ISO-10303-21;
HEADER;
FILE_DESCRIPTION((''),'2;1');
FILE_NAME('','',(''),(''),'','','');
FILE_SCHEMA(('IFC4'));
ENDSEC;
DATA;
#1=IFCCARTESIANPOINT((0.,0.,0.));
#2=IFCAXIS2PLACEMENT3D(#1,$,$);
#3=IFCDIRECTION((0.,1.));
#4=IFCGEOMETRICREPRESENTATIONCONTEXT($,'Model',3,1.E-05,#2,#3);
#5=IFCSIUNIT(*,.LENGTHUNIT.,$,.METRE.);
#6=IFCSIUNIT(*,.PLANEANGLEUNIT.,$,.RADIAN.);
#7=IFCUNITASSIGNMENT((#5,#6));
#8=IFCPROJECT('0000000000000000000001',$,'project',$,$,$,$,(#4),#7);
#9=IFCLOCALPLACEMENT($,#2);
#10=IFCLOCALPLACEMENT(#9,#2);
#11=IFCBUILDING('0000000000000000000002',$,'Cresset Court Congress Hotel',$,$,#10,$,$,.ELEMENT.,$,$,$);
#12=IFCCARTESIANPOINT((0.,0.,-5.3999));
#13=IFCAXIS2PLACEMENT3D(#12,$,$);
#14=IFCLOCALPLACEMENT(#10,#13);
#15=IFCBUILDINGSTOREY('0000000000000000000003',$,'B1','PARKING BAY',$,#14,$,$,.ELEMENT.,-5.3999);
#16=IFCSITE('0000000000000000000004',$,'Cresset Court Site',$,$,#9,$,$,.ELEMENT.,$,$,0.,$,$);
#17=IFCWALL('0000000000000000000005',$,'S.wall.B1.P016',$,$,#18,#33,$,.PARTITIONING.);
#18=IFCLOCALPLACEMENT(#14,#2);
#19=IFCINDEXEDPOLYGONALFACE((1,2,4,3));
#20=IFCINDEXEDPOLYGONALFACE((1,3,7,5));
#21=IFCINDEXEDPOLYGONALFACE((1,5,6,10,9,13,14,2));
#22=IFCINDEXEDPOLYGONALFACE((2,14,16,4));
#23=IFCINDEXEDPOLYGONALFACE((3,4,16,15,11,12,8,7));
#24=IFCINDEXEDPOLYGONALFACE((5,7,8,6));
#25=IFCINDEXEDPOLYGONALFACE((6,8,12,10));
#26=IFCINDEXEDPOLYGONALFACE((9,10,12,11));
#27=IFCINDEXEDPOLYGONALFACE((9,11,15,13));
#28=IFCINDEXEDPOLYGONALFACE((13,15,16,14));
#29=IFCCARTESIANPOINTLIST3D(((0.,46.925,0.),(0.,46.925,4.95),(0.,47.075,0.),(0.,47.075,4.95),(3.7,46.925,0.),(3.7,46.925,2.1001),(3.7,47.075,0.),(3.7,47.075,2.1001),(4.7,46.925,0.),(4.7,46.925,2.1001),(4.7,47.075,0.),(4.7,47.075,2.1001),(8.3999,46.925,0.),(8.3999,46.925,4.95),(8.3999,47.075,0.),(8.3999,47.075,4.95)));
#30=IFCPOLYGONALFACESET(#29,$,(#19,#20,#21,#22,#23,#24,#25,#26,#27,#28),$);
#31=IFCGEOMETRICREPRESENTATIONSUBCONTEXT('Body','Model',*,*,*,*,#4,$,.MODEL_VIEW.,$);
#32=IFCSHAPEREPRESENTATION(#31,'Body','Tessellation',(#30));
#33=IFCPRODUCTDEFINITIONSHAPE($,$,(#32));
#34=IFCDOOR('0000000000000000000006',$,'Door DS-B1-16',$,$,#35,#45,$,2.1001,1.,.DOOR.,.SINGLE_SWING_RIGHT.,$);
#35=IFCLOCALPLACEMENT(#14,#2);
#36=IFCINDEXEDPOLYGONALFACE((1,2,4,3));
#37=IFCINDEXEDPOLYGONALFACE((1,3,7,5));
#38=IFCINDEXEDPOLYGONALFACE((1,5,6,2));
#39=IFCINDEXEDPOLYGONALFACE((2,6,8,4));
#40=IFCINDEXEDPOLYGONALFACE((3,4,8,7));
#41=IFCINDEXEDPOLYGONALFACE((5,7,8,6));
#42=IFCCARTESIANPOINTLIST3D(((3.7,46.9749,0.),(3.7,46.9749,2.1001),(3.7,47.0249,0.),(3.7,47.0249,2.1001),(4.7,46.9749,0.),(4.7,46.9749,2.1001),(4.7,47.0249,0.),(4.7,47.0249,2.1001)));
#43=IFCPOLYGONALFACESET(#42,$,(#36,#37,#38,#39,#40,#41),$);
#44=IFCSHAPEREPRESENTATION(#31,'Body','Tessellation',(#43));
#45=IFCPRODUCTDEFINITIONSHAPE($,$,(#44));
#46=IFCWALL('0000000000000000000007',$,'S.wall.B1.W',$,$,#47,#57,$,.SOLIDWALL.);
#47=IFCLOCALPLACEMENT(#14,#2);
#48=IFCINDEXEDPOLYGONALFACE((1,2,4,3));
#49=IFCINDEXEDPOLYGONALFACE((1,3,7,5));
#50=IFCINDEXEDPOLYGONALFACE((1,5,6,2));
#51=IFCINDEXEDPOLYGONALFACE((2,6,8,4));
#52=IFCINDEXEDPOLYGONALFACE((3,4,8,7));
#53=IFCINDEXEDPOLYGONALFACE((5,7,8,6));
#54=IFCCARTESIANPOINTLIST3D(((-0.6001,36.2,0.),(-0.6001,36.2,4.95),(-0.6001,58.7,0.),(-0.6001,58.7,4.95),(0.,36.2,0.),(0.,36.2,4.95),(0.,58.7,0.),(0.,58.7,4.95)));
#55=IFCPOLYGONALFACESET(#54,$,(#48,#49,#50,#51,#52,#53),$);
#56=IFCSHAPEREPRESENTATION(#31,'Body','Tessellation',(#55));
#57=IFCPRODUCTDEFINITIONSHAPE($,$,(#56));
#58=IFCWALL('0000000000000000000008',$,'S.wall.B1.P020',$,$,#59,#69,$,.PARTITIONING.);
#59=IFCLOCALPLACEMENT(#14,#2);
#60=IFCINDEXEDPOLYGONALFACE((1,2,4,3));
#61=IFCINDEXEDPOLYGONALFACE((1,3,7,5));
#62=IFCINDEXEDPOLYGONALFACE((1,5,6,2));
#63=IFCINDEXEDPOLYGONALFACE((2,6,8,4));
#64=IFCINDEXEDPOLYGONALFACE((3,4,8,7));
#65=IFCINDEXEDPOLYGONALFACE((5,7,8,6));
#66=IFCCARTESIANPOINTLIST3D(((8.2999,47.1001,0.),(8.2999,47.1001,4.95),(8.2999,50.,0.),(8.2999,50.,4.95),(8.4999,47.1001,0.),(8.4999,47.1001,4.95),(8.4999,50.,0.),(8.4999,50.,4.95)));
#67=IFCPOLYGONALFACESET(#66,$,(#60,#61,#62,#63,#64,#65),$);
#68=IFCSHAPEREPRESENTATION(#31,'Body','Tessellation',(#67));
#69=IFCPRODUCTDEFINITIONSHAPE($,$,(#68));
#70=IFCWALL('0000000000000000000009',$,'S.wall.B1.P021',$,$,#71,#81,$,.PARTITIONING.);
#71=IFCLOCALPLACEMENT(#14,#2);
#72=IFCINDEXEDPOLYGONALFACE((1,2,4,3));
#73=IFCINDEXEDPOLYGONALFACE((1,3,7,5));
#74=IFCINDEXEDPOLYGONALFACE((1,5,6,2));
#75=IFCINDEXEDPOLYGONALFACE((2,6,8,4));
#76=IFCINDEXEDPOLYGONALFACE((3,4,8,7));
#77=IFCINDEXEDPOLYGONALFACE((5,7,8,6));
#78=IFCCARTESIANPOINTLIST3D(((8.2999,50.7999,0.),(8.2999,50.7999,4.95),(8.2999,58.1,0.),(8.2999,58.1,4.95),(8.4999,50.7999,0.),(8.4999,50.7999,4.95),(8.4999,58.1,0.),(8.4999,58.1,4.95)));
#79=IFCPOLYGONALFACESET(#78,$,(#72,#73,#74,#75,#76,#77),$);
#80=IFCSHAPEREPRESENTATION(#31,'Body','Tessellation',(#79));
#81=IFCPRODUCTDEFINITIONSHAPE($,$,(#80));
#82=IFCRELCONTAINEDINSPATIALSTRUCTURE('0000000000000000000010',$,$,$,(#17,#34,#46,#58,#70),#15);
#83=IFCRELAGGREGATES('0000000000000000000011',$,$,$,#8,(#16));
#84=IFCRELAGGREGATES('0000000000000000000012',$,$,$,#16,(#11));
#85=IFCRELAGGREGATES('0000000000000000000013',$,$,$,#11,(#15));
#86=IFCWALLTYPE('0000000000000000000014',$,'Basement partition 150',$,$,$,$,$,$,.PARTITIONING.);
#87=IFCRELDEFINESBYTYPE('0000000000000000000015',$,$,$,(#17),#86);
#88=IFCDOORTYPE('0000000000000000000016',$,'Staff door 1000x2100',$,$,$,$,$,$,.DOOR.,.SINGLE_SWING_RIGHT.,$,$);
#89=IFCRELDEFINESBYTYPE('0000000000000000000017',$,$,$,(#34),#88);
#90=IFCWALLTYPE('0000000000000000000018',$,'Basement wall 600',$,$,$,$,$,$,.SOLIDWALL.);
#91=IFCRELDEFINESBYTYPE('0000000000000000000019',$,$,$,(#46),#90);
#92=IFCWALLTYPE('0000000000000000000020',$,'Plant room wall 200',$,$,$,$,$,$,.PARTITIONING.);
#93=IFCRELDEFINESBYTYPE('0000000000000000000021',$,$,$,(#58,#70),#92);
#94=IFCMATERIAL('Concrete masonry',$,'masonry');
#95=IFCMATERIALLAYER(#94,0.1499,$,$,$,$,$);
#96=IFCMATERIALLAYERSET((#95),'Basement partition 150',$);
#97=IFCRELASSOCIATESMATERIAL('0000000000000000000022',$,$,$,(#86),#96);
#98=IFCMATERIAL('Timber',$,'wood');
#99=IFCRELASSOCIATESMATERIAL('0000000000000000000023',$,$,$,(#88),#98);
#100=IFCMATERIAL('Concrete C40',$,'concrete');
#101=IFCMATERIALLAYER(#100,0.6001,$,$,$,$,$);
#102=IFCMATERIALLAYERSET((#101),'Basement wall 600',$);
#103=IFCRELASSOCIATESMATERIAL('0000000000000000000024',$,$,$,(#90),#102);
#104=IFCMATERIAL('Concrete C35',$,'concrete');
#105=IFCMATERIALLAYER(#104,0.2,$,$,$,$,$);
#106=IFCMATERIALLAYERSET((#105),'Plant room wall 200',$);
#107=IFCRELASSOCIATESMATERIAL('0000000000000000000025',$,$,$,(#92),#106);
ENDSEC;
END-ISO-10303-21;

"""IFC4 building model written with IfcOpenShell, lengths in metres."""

from ifc_helpers import new_model, si_unit, direction, frame, frame_2d, origin, place, context, subcontext, project, spatial, rectangle, extrude, material, layer, layer_set, type_object, element, fill, save


model = new_model("IFC4")

# Units and contexts
model_context = context("Model", 3, precision=1e-05, world=origin(), true_north=direction((0.0, 1.0)))
body_context = subcontext(model_context, "Body", "Model", "MODEL_VIEW")
ifc_project = project(units=[si_unit("LENGTHUNIT", "METRE"), si_unit("PLANEANGLEUNIT", "RADIAN")], contexts=[model_context])

# Site, building, storey
site_placement = place(None, origin())
site = spatial("IfcSite", under=ifc_project, at=site_placement, Name="Cresset Court Site", CompositionType="ELEMENT", RefElevation=0.0)
building_placement = place(site_placement, origin())
building = spatial("IfcBuilding", under=site, at=building_placement, Name="Cresset Court Congress Hotel", CompositionType="ELEMENT")
storey_placement = place(building_placement, frame((0.0, 0.0, -5.3999)))
storey = spatial("IfcBuildingStorey", under=building, at=storey_placement, Name="B1", Description="PARKING BAY", CompositionType="ELEMENT", Elevation=-5.3999)

# Wall, opening, door
ifc_material_1 = material(Name="Concrete masonry", Category="masonry")
ifc_layer_1 = layer(ifc_material_1, 0.1499)
ifc_layer_set_1 = layer_set([ifc_layer_1], Name="Basement partition 150")
wall_type_1 = type_object("IfcWallType", Name="Basement partition 150", PredefinedType="PARTITIONING", material=ifc_layer_set_1)
wall_1_placement = place(storey_placement, frame((0.0, 47.0, 0.0), z_axis=(0.0, 0.0, 1.0), x_axis=(1.0, 0.0, 0.0)))
wall_1 = element("IfcWall", 1, at=wall_1_placement, inside=storey, type_object=wall_type_1, Name="S.wall.B1.P016", PredefinedType="PARTITIONING", context=body_context, shape_type="SweptSolid", body=[
    extrude(rectangle(XDim=8.3999, YDim=0.1499, at=frame_2d((4.2, 0.0))), origin(), (0.0, 0.0, 1.0), 4.95),
])
opening_1_placement = place(wall_1_placement, frame((3.7, 0.0, 0.0)))
opening_1 = element("IfcOpeningElement", 2, at=opening_1_placement, cuts=wall_1, PredefinedType="OPENING", context=body_context, shape_type="SweptSolid", body=[
    extrude(rectangle(XDim=1.0, YDim=2.1001, at=frame_2d((0.5, 1.05))), frame((0.0, 0.085, 0.0), z_axis=(0.0, -1.0, 0.0), x_axis=(1.0, 0.0, 0.0)), (0.0, 0.0, 1.0), 0.1699),
])
ifc_material_2 = material(Name="Timber", Category="wood")
door_type_1 = type_object("IfcDoorType", Name="Staff door 1000x2100", OperationType="SINGLE_SWING_RIGHT", PredefinedType="DOOR", material=ifc_material_2)
door_1_placement = place(opening_1_placement, origin())
door_1 = element("IfcDoor", 3, at=door_1_placement, inside=storey, type_object=door_type_1, Name="Door DS-B1-16", OperationType="SINGLE_SWING_RIGHT", OverallHeight=2.1001, OverallWidth=1.0, PredefinedType="DOOR", context=body_context, shape_type="SweptSolid", body=[
    extrude(rectangle(XDim=1.0, YDim=2.1001, at=frame_2d((0.5, 1.05))), frame((0.0, 0.0249, 0.0), z_axis=(0.0, -1.0, 0.0), x_axis=(1.0, 0.0, 0.0)), (0.0, 0.0, 1.0), 0.05),
])
fill(opening_1, door_1)

# Wall
ifc_material_3 = material(Name="Concrete C40", Category="concrete")
ifc_layer_2 = layer(ifc_material_3, 0.6001)
ifc_layer_set_2 = layer_set([ifc_layer_2], Name="Basement wall 600")
wall_type_2 = type_object("IfcWallType", Name="Basement wall 600", PredefinedType="SOLIDWALL", material=ifc_layer_set_2)
wall_2_placement = place(storey_placement, frame((-0.3, 58.7, 0.0), z_axis=(0.0, 0.0, 1.0), x_axis=(0.0, -1.0, 0.0)))
element("IfcWall", 4, at=wall_2_placement, inside=storey, type_object=wall_type_2, Name="S.wall.B1.W", PredefinedType="SOLIDWALL", context=body_context, shape_type="SweptSolid", body=[
    extrude(rectangle(XDim=22.5, YDim=0.6001, at=frame_2d((11.25, 0.0))), origin(), (0.0, 0.0, 1.0), 4.95),
])

# Shared definitions
ifc_material_4 = material(Name="Concrete C35", Category="concrete")
ifc_layer_3 = layer(ifc_material_4, 0.2)
ifc_layer_set_3 = layer_set([ifc_layer_3], Name="Plant room wall 200")
wall_type_3 = type_object("IfcWallType", Name="Plant room wall 200", PredefinedType="PARTITIONING", material=ifc_layer_set_3)

# Walls
wall_3_placement = place(storey_placement, frame((8.3999, 47.1001, 0.0), z_axis=(0.0, 0.0, 1.0), x_axis=(0.0, 1.0, 0.0)))
element("IfcWall", 5, at=wall_3_placement, inside=storey, type_object=wall_type_3, Name="S.wall.B1.P020", PredefinedType="PARTITIONING", context=body_context, shape_type="SweptSolid", body=[
    extrude(rectangle(XDim=2.8999, YDim=0.2, at=frame_2d((1.45, 0.0))), origin(), (0.0, 0.0, 1.0), 4.95),
])
wall_4_placement = place(storey_placement, frame((8.3999, 50.8, 0.0), z_axis=(0.0, 0.0, 1.0), x_axis=(0.0, 1.0, 0.0)))
element("IfcWall", 6, at=wall_4_placement, inside=storey, type_object=wall_type_3, Name="S.wall.B1.P021", PredefinedType="PARTITIONING", context=body_context, shape_type="SweptSolid", body=[
    extrude(rectangle(XDim=7.3, YDim=0.2, at=frame_2d((3.6499, 0.0))), origin(), (0.0, 0.0, 1.0), 4.95),
])

save(model, "model.ifc")
